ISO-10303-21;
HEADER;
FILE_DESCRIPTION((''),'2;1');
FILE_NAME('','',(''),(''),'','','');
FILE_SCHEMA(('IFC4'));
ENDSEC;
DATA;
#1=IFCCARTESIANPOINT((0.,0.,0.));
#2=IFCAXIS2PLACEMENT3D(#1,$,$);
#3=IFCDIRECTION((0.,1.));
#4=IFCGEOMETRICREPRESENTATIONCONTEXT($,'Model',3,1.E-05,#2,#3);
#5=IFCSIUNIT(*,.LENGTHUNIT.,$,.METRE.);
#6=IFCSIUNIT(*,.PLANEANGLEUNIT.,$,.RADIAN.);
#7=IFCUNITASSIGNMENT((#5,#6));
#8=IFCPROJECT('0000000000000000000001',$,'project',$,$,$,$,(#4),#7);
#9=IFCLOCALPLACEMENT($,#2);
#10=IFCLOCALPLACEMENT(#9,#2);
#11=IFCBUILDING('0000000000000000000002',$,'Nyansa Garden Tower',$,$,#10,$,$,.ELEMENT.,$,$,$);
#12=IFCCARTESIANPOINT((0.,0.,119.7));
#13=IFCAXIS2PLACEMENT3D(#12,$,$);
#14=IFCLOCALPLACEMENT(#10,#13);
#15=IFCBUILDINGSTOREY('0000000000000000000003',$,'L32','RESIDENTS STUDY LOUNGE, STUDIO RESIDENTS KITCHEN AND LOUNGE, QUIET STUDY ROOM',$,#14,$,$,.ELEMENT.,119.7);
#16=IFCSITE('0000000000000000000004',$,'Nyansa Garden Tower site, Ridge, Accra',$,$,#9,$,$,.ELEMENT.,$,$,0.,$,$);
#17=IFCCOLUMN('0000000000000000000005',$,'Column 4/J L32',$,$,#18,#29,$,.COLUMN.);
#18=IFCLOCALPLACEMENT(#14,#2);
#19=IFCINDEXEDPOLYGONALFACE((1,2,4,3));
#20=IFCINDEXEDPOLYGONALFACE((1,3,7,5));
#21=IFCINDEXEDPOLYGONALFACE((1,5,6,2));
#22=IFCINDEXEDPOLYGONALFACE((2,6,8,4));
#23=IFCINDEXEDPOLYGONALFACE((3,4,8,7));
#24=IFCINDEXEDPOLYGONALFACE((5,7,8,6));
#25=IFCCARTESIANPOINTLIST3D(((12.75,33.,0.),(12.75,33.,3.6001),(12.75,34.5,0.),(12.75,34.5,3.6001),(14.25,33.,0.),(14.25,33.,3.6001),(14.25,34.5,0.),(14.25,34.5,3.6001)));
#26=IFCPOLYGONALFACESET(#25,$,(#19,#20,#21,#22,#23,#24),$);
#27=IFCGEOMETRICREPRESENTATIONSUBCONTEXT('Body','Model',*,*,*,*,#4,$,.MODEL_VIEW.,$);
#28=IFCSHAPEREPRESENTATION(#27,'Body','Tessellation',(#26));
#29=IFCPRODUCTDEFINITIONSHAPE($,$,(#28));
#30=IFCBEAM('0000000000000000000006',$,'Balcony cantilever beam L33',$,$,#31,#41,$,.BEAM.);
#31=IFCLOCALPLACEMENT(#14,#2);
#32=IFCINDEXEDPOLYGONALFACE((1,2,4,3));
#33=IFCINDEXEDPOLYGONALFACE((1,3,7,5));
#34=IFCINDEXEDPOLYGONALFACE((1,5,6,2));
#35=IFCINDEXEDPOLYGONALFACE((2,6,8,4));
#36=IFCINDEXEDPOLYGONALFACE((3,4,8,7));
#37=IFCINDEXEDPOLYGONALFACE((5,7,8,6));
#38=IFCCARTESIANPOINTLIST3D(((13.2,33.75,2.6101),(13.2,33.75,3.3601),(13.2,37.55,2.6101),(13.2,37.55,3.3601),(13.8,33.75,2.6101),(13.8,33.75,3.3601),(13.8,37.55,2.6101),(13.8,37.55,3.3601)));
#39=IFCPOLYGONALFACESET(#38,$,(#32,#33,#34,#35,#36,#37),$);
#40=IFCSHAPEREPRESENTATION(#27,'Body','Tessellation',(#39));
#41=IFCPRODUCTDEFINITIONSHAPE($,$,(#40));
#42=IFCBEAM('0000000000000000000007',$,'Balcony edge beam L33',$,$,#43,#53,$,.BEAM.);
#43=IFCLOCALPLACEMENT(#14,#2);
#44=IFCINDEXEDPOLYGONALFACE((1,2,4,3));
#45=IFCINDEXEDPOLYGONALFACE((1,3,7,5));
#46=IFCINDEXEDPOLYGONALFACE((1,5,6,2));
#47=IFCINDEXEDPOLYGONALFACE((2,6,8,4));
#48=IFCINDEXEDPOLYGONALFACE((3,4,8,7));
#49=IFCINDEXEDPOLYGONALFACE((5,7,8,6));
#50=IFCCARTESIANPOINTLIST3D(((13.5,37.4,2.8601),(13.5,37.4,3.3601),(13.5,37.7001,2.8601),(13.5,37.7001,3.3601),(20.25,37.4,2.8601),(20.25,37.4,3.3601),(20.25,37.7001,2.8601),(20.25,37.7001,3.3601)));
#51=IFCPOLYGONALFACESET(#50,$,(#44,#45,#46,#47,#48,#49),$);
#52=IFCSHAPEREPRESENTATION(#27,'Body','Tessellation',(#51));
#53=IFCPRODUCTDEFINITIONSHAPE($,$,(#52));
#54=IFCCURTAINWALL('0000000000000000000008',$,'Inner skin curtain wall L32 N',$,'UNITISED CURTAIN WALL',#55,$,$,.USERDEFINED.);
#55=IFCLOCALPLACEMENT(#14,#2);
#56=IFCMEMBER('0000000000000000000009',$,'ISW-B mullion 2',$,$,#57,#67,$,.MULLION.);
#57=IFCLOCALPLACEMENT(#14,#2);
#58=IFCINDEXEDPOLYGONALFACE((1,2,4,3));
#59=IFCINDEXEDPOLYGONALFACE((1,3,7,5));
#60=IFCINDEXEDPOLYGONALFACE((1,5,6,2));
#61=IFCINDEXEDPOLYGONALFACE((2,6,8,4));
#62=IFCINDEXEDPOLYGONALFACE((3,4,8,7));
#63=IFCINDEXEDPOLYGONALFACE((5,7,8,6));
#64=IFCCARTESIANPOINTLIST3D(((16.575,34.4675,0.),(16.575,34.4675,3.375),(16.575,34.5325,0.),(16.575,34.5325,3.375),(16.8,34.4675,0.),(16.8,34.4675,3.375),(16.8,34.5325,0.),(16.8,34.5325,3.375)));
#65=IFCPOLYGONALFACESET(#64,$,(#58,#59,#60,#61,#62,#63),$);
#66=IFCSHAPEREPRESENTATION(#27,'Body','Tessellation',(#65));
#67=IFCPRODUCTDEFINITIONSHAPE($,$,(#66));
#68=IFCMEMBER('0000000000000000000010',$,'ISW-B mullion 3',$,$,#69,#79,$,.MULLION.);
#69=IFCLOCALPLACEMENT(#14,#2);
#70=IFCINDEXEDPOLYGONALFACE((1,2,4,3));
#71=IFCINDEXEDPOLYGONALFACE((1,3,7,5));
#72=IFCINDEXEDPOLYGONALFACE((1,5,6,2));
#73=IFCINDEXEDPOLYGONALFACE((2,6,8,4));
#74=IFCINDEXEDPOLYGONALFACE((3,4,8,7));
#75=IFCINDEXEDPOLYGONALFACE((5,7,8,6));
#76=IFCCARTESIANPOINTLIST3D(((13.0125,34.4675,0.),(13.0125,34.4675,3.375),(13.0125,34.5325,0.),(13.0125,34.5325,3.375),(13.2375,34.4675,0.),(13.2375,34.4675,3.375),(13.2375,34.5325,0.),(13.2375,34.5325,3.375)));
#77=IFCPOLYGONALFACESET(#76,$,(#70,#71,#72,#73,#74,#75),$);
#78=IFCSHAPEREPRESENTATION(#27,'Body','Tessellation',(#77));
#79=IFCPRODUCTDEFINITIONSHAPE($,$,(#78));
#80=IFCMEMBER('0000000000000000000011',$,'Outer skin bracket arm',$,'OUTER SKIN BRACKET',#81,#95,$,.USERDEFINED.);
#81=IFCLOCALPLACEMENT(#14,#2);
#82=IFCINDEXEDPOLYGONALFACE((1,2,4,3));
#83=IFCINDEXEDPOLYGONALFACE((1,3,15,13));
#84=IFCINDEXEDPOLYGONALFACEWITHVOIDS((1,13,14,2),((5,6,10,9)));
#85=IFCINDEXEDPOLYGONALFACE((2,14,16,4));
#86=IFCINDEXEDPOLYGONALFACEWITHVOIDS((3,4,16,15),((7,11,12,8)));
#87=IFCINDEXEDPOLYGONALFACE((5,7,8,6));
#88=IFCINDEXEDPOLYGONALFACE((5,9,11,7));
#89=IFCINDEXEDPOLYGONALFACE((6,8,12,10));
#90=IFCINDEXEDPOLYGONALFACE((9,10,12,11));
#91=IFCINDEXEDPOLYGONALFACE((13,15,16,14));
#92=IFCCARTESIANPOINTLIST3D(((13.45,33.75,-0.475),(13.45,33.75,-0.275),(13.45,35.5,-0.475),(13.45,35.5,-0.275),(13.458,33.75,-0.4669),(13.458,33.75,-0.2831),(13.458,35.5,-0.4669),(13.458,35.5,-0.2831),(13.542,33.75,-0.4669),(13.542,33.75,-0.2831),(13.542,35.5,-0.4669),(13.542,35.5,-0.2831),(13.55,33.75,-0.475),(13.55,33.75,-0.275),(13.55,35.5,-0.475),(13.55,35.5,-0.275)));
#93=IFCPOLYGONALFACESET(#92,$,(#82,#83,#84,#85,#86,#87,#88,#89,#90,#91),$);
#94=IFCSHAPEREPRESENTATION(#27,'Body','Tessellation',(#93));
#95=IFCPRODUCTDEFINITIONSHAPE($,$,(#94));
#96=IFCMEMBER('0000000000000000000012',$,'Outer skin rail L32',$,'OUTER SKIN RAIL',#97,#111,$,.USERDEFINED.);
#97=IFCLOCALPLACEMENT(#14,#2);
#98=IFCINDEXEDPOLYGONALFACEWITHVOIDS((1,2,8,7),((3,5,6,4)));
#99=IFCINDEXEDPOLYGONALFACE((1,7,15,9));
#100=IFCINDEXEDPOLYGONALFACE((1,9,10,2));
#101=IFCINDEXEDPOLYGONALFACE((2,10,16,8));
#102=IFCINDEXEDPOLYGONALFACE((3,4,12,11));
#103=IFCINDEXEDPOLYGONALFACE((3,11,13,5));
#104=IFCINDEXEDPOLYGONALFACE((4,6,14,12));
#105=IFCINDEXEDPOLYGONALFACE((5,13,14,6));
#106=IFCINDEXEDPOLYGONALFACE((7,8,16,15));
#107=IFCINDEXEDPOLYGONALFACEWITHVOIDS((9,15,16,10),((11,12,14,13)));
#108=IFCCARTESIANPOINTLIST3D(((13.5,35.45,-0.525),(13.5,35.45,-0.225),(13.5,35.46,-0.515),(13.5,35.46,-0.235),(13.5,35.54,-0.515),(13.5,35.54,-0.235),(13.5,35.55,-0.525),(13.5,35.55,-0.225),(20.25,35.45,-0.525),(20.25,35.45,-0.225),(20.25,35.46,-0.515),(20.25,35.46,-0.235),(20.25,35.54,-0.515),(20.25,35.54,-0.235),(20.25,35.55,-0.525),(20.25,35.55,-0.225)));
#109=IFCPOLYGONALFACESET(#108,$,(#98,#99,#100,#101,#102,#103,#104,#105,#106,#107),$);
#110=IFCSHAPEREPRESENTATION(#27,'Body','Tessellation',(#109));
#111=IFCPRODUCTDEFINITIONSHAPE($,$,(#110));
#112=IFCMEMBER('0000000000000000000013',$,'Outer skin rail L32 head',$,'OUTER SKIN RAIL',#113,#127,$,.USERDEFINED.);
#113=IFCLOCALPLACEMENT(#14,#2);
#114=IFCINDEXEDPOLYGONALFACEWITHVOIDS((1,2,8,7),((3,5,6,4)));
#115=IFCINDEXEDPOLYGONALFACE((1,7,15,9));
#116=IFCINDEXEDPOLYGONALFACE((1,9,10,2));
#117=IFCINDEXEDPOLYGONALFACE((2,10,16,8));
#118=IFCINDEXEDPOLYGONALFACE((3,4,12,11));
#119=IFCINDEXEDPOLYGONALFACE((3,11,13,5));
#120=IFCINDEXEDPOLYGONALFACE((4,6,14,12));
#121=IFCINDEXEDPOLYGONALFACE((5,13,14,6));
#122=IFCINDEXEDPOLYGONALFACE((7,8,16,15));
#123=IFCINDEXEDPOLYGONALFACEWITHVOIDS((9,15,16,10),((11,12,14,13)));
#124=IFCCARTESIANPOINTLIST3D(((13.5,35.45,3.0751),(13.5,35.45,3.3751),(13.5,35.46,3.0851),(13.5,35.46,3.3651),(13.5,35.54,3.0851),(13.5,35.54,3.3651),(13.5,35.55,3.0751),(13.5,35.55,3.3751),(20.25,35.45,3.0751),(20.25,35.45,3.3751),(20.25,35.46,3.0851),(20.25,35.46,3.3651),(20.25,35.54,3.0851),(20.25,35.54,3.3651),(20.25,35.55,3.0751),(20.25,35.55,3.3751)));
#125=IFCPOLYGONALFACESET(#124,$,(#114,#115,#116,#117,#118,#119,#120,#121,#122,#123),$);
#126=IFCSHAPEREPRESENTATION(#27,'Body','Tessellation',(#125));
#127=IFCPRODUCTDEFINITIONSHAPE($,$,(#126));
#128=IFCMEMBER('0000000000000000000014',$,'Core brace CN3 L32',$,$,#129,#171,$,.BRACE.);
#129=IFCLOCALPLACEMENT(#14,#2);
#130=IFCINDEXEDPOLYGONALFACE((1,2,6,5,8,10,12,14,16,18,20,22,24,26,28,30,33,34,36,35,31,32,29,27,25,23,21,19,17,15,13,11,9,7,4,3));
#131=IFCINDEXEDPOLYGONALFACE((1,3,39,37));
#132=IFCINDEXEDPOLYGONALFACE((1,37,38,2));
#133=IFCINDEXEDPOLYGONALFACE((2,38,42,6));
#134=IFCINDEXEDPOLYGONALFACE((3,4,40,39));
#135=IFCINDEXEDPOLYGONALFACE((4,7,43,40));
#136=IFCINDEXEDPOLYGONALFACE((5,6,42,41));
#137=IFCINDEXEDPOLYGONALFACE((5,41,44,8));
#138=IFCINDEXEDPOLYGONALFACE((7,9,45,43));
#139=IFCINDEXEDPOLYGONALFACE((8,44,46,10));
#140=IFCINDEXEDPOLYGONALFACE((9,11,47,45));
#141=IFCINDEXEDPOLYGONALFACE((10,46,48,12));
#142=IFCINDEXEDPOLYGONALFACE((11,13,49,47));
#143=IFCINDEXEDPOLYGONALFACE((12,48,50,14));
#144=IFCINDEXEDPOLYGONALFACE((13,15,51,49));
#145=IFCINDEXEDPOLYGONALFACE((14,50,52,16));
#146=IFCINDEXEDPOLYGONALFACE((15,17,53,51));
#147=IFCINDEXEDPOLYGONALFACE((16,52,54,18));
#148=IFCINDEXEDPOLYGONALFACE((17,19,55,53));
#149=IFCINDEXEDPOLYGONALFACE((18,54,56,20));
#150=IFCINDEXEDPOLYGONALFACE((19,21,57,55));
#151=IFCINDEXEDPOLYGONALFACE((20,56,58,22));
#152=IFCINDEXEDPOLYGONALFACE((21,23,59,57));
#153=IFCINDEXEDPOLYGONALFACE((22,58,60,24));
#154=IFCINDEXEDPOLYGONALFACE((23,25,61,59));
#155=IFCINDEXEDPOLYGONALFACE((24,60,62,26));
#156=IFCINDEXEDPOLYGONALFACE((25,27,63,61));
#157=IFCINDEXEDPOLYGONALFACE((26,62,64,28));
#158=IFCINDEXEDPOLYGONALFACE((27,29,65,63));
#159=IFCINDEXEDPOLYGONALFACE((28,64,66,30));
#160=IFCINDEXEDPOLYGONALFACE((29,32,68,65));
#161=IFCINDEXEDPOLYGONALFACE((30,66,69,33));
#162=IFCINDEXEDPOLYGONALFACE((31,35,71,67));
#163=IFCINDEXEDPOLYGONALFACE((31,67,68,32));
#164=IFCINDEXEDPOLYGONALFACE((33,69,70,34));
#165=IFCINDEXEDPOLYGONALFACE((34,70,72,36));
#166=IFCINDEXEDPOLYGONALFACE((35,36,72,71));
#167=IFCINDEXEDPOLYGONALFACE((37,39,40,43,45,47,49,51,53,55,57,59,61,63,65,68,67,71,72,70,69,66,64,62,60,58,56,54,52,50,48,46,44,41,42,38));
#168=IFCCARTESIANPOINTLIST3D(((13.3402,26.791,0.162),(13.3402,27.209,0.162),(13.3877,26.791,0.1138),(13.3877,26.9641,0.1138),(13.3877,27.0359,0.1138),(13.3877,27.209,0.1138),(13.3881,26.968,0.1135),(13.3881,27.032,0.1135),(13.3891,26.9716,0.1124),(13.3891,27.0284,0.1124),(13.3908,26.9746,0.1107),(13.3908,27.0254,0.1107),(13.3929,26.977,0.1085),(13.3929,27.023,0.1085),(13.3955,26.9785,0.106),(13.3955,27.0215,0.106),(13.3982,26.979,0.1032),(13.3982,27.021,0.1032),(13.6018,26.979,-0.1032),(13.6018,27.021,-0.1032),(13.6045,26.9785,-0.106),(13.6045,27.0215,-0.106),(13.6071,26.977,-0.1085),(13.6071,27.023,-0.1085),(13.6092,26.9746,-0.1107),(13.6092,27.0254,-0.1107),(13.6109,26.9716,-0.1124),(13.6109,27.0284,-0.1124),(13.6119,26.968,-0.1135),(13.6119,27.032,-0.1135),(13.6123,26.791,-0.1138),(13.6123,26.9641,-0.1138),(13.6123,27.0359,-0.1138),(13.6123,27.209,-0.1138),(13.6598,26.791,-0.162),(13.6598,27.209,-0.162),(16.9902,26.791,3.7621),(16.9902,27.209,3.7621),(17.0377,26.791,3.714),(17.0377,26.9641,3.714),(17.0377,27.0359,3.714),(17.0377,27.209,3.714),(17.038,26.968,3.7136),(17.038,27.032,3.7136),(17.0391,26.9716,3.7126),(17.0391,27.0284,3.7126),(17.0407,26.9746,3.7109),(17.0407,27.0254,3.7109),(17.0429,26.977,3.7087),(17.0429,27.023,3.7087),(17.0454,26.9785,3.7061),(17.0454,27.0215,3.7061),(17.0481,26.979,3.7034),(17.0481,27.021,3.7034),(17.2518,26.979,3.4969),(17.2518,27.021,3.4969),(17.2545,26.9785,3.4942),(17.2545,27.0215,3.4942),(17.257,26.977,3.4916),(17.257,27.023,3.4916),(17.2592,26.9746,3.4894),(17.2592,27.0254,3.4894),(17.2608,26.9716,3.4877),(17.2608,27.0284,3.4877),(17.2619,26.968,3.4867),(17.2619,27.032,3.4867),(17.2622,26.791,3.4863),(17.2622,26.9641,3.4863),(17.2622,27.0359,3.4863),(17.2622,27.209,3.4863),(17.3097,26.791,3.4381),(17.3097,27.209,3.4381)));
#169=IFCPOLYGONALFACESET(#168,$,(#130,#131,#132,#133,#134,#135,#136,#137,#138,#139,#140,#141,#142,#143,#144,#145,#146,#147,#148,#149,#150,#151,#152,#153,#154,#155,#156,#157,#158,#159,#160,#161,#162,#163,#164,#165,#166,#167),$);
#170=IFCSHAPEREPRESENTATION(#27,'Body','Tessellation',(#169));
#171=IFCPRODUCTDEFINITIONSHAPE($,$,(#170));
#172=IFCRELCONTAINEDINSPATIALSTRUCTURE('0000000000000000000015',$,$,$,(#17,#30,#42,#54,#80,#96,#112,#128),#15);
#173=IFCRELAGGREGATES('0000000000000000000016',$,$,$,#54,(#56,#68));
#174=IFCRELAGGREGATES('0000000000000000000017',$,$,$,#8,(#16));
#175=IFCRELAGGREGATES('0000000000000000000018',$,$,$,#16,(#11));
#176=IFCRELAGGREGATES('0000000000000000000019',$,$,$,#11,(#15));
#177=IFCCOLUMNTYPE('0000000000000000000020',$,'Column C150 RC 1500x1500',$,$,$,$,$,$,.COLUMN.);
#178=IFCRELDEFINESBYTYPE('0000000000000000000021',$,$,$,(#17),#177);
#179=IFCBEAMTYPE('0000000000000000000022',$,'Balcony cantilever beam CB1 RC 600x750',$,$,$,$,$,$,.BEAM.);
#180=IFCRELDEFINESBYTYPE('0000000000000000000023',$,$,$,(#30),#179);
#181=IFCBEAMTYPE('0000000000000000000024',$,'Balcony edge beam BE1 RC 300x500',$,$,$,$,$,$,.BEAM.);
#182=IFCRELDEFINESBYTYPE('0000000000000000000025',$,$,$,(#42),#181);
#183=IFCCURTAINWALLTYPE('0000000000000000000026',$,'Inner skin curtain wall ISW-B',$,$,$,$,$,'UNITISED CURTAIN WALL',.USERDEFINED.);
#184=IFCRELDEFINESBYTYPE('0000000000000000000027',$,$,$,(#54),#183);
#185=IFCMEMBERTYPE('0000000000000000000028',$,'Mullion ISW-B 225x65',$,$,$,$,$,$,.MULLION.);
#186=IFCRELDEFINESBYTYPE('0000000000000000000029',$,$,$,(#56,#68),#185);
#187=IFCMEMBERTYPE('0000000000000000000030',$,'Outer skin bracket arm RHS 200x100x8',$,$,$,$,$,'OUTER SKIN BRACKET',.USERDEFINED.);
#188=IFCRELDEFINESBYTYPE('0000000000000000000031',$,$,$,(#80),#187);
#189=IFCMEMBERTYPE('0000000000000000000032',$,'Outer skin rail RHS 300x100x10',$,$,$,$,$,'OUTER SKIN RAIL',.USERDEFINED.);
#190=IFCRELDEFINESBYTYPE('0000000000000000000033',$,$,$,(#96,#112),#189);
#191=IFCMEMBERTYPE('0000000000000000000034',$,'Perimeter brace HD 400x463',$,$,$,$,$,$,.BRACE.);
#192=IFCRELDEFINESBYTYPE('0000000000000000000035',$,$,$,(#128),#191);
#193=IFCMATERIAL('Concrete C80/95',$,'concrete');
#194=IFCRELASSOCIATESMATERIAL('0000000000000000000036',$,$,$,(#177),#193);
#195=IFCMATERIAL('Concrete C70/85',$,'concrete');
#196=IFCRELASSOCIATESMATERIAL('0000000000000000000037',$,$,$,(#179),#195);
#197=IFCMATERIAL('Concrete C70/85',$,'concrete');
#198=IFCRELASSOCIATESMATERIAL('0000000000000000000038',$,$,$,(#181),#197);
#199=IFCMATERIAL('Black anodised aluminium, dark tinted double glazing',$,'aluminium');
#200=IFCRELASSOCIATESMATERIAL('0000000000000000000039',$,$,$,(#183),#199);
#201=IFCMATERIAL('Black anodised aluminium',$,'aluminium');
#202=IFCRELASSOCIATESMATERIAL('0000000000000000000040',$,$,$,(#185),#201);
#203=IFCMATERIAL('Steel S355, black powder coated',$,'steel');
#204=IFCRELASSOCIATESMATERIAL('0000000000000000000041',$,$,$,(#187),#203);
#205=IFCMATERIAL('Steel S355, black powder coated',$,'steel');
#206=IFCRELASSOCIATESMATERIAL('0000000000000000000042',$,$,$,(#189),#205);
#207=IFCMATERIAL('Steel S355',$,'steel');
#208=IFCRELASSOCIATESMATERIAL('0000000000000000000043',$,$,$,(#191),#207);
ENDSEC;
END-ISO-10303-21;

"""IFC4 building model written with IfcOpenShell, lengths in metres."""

from ifc_helpers import new_model, si_unit, direction, frame, origin, origin_2d, place, context, subcontext, project, spatial, rectangle, hollow_rectangle, i_section, extrude, material, material_profile, profile_set, type_object, element, aggregate, save


model = new_model("IFC4")

# Units and contexts
model_context = context("Model", 3, precision=1e-05, world=origin(), true_north=direction((0.0, 1.0)))
body_context = subcontext(model_context, "Body", "Model", "MODEL_VIEW")
ifc_project = project(units=[si_unit("LENGTHUNIT", "METRE"), si_unit("PLANEANGLEUNIT", "RADIAN")], contexts=[model_context])

# Site, building, storey
site_placement = place(None, origin())
site = spatial("IfcSite", under=ifc_project, at=site_placement, Name="Nyansa Garden Tower site, Ridge, Accra", CompositionType="ELEMENT", RefElevation=0.0)
building_placement = place(site_placement, origin())
building = spatial("IfcBuilding", under=site, at=building_placement, Name="Nyansa Garden Tower", CompositionType="ELEMENT")
storey_placement = place(building_placement, frame((0.0, 0.0, 119.7)))
storey = spatial("IfcBuildingStorey", under=building, at=storey_placement, Name="L32", Description="RESIDENTS STUDY LOUNGE, STUDIO RESIDENTS KITCHEN AND LOUNGE, QUIET STUDY ROOM", CompositionType="ELEMENT", Elevation=119.7)

# Column
ifc_material_1 = material(Name="Concrete C80/95", Category="concrete")
ifc_material_profile_1 = material_profile(ifc_material_1, rectangle(XDim=1.5, YDim=1.5, at=origin_2d()), Name="RC 1500x1500")
ifc_profile_set_1 = profile_set([ifc_material_profile_1], Name="Concrete C80/95")
column_type = type_object("IfcColumnType", Name="Column C150 RC 1500x1500", PredefinedType="COLUMN", material=ifc_profile_set_1)
column_placement = place(storey_placement, frame((13.5, 33.75, 0.0), z_axis=(0.0, 0.0, 1.0), x_axis=(1.0, 0.0, 0.0)))
element("IfcColumn", 1, at=column_placement, inside=storey, type_object=column_type, Name="Column 4/J L32", PredefinedType="COLUMN", context=body_context, shape_type="SweptSolid", body=[
    extrude(rectangle(XDim=1.5, YDim=1.5, at=origin_2d()), origin(), (0.0, 0.0, 1.0), 3.6001),
])

# Beams
ifc_material_2 = material(Name="Concrete C70/85", Category="concrete")
ifc_material_profile_2 = material_profile(ifc_material_2, rectangle(XDim=0.6001, YDim=0.75, at=origin_2d()), Name="RC 600x750")
ifc_profile_set_2 = profile_set([ifc_material_profile_2], Name="Concrete C70/85")
beam_type_1 = type_object("IfcBeamType", Name="Balcony cantilever beam CB1 RC 600x750", PredefinedType="BEAM", material=ifc_profile_set_2)
beam_1_placement = place(storey_placement, frame((13.5, 33.75, 2.9851), z_axis=(0.0, 1.0, 0.0), x_axis=(-1.0, 0.0, 0.0)))
element("IfcBeam", 2, at=beam_1_placement, inside=storey, type_object=beam_type_1, Name="Balcony cantilever beam L33", PredefinedType="BEAM", context=body_context, shape_type="SweptSolid", body=[
    extrude(rectangle(XDim=0.6001, YDim=0.75, at=origin_2d()), origin(), (0.0, 0.0, 1.0), 3.8),
])
ifc_material_3 = material(Name="Concrete C70/85", Category="concrete")
ifc_material_profile_3 = material_profile(ifc_material_3, rectangle(XDim=0.3, YDim=0.5, at=origin_2d()), Name="RC 300x500")
ifc_profile_set_3 = profile_set([ifc_material_profile_3], Name="Concrete C70/85")
beam_type_2 = type_object("IfcBeamType", Name="Balcony edge beam BE1 RC 300x500", PredefinedType="BEAM", material=ifc_profile_set_3)
beam_2_placement = place(storey_placement, frame((13.5, 37.55, 3.1101), z_axis=(1.0, 0.0, 0.0), x_axis=(0.0, 1.0, 0.0)))
element("IfcBeam", 3, at=beam_2_placement, inside=storey, type_object=beam_type_2, Name="Balcony edge beam L33", PredefinedType="BEAM", context=body_context, shape_type="SweptSolid", body=[
    extrude(rectangle(XDim=0.3, YDim=0.5, at=origin_2d()), origin(), (0.0, 0.0, 1.0), 6.75),
])

# Curtain wall, members
ifc_material_4 = material(Name="Black anodised aluminium, dark tinted double glazing", Category="aluminium")
curtain_wall_type = type_object("IfcCurtainWallType", Name="Inner skin curtain wall ISW-B", ElementType="UNITISED CURTAIN WALL", PredefinedType="USERDEFINED", material=ifc_material_4)
curtain_wall_placement = place(storey_placement, origin())
curtain_wall = element("IfcCurtainWall", 4, at=curtain_wall_placement, inside=storey, type_object=curtain_wall_type, Name="Inner skin curtain wall L32 N", ObjectType="UNITISED CURTAIN WALL", PredefinedType="USERDEFINED")
ifc_material_5 = material(Name="Black anodised aluminium", Category="aluminium")
ifc_material_profile_4 = material_profile(ifc_material_5, rectangle(XDim=0.0649, YDim=0.2251, at=origin_2d()), Name="Mullion 225x65")
ifc_profile_set_4 = profile_set([ifc_material_profile_4], Name="Black anodised aluminium")
member_type_1 = type_object("IfcMemberType", Name="Mullion ISW-B 225x65", PredefinedType="MULLION", material=ifc_profile_set_4)
member_1_placement = place(storey_placement, frame((16.6875, 34.5, 0.0), z_axis=(0.0, 0.0, 1.0), x_axis=(0.0, -1.0, 0.0)))
member_1 = element("IfcMember", 5, at=member_1_placement, type_object=member_type_1, Name="ISW-B mullion 2", PredefinedType="MULLION", context=body_context, shape_type="SweptSolid", body=[
    extrude(rectangle(XDim=0.0649, YDim=0.2251, at=origin_2d()), origin(), (0.0, 0.0, 1.0), 3.375),
])
member_2_placement = place(storey_placement, frame((13.125, 34.5, 0.0), z_axis=(0.0, 0.0, 1.0), x_axis=(0.0, -1.0, 0.0)))
member_2 = element("IfcMember", 6, at=member_2_placement, type_object=member_type_1, Name="ISW-B mullion 3", PredefinedType="MULLION", context=body_context, shape_type="SweptSolid", body=[
    extrude(rectangle(XDim=0.0649, YDim=0.2251, at=origin_2d()), origin(), (0.0, 0.0, 1.0), 3.375),
])

# Members
ifc_material_6 = material(Name="Steel S355, black powder coated", Category="steel")
ifc_material_profile_5 = material_profile(ifc_material_6, hollow_rectangle(XDim=0.1001, YDim=0.2, WallThickness=0.0081, at=origin_2d()), Name="RHS 200x100x8")
ifc_profile_set_5 = profile_set([ifc_material_profile_5], Name="Steel S355, black powder coated")
member_type_2 = type_object("IfcMemberType", Name="Outer skin bracket arm RHS 200x100x8", ElementType="OUTER SKIN BRACKET", PredefinedType="USERDEFINED", material=ifc_profile_set_5)
member_3_placement = place(storey_placement, frame((13.5, 33.75, -0.375), z_axis=(0.0, 1.0, 0.0), x_axis=(-1.0, 0.0, 0.0)))
element("IfcMember", 7, at=member_3_placement, inside=storey, type_object=member_type_2, Name="Outer skin bracket arm", ObjectType="OUTER SKIN BRACKET", PredefinedType="USERDEFINED", context=body_context, shape_type="SweptSolid", body=[
    extrude(hollow_rectangle(XDim=0.1001, YDim=0.2, WallThickness=0.0081, at=origin_2d()), origin(), (0.0, 0.0, 1.0), 1.75),
])
ifc_material_7 = material(Name="Steel S355, black powder coated", Category="steel")
ifc_material_profile_6 = material_profile(ifc_material_7, hollow_rectangle(XDim=0.1001, YDim=0.3, WallThickness=0.01, at=origin_2d()), Name="RHS 300x100x10")
ifc_profile_set_6 = profile_set([ifc_material_profile_6], Name="Steel S355, black powder coated")
member_type_3 = type_object("IfcMemberType", Name="Outer skin rail RHS 300x100x10", ElementType="OUTER SKIN RAIL", PredefinedType="USERDEFINED", material=ifc_profile_set_6)
for number, where, z_axis, x_axis, name in (
    (8, (13.5, 35.5, -0.375), (1.0, 0.0, 0.0), (0.0, 1.0, 0.0), "Outer skin rail L32"),
    (9, (13.5, 35.5, 3.2251), (1.0, 0.0, 0.0), (0.0, 1.0, 0.0), "Outer skin rail L32 head"),
):
    element("IfcMember", number, at=place(storey_placement, frame(where, z_axis=z_axis, x_axis=x_axis)), inside=storey, type_object=member_type_3, Name=name, ObjectType="OUTER SKIN RAIL", PredefinedType="USERDEFINED", context=body_context, shape_type="SweptSolid", body=[
        extrude(hollow_rectangle(XDim=0.1001, YDim=0.3, WallThickness=0.01, at=origin_2d()), origin(), (0.0, 0.0, 1.0), 6.75),
    ])
ifc_material_8 = material(Name="Steel S355", Category="steel")
ifc_material_profile_7 = material_profile(ifc_material_8, i_section(OverallWidth=0.418, OverallDepth=0.4551, WebThickness=0.042, FlangeThickness=0.0676, FilletRadius=0.0149, at=origin_2d()), Name="HD 400x463")
ifc_profile_set_7 = profile_set([ifc_material_profile_7], Name="Steel S355")
member_type_4 = type_object("IfcMemberType", Name="Perimeter brace HD 400x463", PredefinedType="BRACE", material=ifc_profile_set_7)
member_4_placement = place(storey_placement, frame((13.5, 27.0, 0.0), z_axis=(0.711948, 0.0, 0.702233), x_axis=(0.0, 1.0, 0.0)))
element("IfcMember", 10, at=member_4_placement, inside=storey, type_object=member_type_4, Name="Core brace CN3 L32", PredefinedType="BRACE", context=body_context, shape_type="SweptSolid", body=[
    extrude(i_section(OverallWidth=0.418, OverallDepth=0.4551, WebThickness=0.042, FlangeThickness=0.0676, FilletRadius=0.0149, at=origin_2d()), origin(), (0.0, 0.0, 1.0), 5.1267),
])

aggregate(curtain_wall, [member_1, member_2])

save(model, "model.ifc")
